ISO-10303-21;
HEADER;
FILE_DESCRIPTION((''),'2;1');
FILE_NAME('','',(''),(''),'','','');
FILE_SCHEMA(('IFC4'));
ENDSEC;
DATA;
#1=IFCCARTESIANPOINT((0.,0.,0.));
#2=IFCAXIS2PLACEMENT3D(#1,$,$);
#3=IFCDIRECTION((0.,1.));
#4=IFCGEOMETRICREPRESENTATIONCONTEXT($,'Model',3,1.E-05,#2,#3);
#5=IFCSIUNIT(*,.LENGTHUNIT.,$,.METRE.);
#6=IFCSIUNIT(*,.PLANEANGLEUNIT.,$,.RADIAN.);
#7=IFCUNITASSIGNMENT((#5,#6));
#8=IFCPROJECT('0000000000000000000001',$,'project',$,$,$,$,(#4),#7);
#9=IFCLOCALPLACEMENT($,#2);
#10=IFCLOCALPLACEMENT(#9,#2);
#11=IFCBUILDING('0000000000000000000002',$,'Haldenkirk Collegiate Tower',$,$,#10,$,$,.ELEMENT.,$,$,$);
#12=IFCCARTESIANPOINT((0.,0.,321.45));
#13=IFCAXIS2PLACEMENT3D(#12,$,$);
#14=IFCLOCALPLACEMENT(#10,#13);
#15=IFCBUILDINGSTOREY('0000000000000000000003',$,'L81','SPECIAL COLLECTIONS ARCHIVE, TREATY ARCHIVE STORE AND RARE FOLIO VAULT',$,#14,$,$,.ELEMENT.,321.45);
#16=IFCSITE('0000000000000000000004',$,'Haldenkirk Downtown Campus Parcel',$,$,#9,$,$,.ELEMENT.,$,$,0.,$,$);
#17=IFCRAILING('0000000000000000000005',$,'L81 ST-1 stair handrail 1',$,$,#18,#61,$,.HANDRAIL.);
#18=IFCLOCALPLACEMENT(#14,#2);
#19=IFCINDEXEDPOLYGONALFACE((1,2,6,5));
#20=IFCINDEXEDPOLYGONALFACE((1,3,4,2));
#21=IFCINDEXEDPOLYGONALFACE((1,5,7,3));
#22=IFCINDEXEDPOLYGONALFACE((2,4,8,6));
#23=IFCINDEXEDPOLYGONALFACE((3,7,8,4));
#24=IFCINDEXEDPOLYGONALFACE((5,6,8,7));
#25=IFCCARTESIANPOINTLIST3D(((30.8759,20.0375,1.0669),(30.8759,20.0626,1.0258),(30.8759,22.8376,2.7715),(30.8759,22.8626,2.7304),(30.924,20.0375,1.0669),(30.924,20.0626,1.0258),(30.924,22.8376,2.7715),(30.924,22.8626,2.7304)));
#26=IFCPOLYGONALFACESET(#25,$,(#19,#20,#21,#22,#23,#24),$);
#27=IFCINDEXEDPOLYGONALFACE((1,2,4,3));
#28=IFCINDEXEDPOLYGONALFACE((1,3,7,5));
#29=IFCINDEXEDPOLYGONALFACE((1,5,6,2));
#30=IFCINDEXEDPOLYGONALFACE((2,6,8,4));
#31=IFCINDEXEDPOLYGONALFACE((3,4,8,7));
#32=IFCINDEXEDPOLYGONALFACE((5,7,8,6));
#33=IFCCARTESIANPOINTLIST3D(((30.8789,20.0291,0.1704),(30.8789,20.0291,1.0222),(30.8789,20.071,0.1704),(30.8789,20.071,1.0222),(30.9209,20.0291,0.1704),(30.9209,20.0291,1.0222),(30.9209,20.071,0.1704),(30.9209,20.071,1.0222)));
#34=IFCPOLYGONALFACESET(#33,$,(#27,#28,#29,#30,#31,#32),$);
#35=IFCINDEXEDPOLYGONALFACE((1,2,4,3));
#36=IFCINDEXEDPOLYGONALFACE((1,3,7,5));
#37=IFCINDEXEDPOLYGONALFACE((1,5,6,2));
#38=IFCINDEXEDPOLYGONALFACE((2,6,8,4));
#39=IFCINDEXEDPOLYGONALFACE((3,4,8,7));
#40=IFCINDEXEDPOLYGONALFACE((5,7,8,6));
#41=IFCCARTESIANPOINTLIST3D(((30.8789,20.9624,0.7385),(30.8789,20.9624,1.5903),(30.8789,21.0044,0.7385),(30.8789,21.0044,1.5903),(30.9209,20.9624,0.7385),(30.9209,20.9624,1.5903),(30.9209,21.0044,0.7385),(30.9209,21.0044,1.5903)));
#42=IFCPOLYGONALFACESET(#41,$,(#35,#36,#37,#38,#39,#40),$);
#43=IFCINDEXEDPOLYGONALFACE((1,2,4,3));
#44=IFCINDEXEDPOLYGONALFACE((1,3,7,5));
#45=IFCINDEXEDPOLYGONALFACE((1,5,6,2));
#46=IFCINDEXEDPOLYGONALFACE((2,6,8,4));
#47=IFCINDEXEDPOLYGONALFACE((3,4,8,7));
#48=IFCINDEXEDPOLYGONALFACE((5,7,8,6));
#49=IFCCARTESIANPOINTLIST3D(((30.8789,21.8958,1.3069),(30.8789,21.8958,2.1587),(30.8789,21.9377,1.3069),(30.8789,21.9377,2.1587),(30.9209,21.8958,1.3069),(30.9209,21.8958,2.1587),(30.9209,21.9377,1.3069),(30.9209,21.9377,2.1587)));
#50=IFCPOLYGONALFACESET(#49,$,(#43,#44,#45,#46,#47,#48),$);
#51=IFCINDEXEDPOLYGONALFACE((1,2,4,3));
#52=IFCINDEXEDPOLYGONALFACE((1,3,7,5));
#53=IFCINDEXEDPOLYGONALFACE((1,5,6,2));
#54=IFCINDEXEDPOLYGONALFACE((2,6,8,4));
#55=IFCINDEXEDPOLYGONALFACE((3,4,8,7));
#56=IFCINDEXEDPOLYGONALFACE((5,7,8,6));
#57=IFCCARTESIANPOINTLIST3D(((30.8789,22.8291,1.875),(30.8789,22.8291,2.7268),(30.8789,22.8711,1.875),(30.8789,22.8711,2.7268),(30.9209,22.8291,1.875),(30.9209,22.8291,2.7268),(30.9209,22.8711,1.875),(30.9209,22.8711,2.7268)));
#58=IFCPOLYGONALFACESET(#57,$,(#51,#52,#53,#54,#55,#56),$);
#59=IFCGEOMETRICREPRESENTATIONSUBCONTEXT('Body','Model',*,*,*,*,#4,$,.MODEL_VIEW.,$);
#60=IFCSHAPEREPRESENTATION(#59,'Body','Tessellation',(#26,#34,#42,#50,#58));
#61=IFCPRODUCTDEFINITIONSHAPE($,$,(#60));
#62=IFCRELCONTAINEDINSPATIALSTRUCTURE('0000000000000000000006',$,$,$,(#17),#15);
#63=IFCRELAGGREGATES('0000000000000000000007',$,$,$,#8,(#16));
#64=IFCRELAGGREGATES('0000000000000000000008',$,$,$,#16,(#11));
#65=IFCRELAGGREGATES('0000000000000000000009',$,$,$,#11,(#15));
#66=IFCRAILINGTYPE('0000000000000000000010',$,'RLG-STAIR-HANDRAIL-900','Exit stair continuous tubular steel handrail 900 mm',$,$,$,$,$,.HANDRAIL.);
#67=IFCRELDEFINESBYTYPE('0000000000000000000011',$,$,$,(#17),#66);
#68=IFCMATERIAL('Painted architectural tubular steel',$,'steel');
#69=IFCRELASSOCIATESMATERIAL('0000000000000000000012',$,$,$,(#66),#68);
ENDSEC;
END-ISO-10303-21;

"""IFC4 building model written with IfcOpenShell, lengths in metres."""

from ifc_helpers import new_model, si_unit, direction, frame, origin, origin_2d, place, context, subcontext, project, spatial, rectangle, extrude, material, type_object, element, save


model = new_model("IFC4")

# Units and contexts
model_context = context("Model", 3, precision=1e-05, world=origin(), true_north=direction((0.0, 1.0)))
body_context = subcontext(model_context, "Body", "Model", "MODEL_VIEW")
ifc_project = project(units=[si_unit("LENGTHUNIT", "METRE"), si_unit("PLANEANGLEUNIT", "RADIAN")], contexts=[model_context])

# Site, building, storey
site_placement = place(None, origin())
site = spatial("IfcSite", under=ifc_project, at=site_placement, Name="Haldenkirk Downtown Campus Parcel", CompositionType="ELEMENT", RefElevation=0.0)
building_placement = place(site_placement, origin())
building = spatial("IfcBuilding", under=site, at=building_placement, Name="Haldenkirk Collegiate Tower", CompositionType="ELEMENT")
storey_placement = place(building_placement, frame((0.0, 0.0, 321.45)))
storey = spatial("IfcBuildingStorey", under=building, at=storey_placement, Name="L81", Description="SPECIAL COLLECTIONS ARCHIVE, TREATY ARCHIVE STORE AND RARE FOLIO VAULT", CompositionType="ELEMENT", Elevation=321.45)

# Railing
ifc_material_1 = material(Name="Painted architectural tubular steel", Category="steel")
railing_type_1 = type_object("IfcRailingType", Name="RLG-STAIR-HANDRAIL-900", Description="Exit stair continuous tubular steel handrail 900 mm", PredefinedType="HANDRAIL", material=ifc_material_1)
railing_1_placement = place(storey_placement, frame((30.8999, 20.05, 0.1704)))
element("IfcRailing", 1, at=railing_1_placement, inside=storey, type_object=railing_type_1, Name="L81 ST-1 stair handrail 1", PredefinedType="HANDRAIL", context=body_context, shape_type="SweptSolid", body=[
    extrude(rectangle(XDim=0.0481, YDim=0.0481, at=origin_2d()), frame((0.0, 0.0, 0.876), z_axis=(0.0, 0.85417, 0.519994), x_axis=(-1.0, 0.0, 0.0)), (0.0, 0.0, 1.0), 3.2781),
    extrude(rectangle(XDim=0.042, YDim=0.042, at=origin_2d()), origin(), (0.0, 0.0, 1.0), 0.8518),
    extrude(rectangle(XDim=0.042, YDim=0.042, at=origin_2d()), frame((0.0, 0.9333, 0.5681)), (0.0, 0.0, 1.0), 0.8518),
    extrude(rectangle(XDim=0.042, YDim=0.042, at=origin_2d()), frame((0.0, 1.8667, 1.1365)), (0.0, 0.0, 1.0), 0.8518),
    extrude(rectangle(XDim=0.042, YDim=0.042, at=origin_2d()), frame((0.0, 2.8, 1.7046)), (0.0, 0.0, 1.0), 0.8518),
])

save(model, "model.ifc")
